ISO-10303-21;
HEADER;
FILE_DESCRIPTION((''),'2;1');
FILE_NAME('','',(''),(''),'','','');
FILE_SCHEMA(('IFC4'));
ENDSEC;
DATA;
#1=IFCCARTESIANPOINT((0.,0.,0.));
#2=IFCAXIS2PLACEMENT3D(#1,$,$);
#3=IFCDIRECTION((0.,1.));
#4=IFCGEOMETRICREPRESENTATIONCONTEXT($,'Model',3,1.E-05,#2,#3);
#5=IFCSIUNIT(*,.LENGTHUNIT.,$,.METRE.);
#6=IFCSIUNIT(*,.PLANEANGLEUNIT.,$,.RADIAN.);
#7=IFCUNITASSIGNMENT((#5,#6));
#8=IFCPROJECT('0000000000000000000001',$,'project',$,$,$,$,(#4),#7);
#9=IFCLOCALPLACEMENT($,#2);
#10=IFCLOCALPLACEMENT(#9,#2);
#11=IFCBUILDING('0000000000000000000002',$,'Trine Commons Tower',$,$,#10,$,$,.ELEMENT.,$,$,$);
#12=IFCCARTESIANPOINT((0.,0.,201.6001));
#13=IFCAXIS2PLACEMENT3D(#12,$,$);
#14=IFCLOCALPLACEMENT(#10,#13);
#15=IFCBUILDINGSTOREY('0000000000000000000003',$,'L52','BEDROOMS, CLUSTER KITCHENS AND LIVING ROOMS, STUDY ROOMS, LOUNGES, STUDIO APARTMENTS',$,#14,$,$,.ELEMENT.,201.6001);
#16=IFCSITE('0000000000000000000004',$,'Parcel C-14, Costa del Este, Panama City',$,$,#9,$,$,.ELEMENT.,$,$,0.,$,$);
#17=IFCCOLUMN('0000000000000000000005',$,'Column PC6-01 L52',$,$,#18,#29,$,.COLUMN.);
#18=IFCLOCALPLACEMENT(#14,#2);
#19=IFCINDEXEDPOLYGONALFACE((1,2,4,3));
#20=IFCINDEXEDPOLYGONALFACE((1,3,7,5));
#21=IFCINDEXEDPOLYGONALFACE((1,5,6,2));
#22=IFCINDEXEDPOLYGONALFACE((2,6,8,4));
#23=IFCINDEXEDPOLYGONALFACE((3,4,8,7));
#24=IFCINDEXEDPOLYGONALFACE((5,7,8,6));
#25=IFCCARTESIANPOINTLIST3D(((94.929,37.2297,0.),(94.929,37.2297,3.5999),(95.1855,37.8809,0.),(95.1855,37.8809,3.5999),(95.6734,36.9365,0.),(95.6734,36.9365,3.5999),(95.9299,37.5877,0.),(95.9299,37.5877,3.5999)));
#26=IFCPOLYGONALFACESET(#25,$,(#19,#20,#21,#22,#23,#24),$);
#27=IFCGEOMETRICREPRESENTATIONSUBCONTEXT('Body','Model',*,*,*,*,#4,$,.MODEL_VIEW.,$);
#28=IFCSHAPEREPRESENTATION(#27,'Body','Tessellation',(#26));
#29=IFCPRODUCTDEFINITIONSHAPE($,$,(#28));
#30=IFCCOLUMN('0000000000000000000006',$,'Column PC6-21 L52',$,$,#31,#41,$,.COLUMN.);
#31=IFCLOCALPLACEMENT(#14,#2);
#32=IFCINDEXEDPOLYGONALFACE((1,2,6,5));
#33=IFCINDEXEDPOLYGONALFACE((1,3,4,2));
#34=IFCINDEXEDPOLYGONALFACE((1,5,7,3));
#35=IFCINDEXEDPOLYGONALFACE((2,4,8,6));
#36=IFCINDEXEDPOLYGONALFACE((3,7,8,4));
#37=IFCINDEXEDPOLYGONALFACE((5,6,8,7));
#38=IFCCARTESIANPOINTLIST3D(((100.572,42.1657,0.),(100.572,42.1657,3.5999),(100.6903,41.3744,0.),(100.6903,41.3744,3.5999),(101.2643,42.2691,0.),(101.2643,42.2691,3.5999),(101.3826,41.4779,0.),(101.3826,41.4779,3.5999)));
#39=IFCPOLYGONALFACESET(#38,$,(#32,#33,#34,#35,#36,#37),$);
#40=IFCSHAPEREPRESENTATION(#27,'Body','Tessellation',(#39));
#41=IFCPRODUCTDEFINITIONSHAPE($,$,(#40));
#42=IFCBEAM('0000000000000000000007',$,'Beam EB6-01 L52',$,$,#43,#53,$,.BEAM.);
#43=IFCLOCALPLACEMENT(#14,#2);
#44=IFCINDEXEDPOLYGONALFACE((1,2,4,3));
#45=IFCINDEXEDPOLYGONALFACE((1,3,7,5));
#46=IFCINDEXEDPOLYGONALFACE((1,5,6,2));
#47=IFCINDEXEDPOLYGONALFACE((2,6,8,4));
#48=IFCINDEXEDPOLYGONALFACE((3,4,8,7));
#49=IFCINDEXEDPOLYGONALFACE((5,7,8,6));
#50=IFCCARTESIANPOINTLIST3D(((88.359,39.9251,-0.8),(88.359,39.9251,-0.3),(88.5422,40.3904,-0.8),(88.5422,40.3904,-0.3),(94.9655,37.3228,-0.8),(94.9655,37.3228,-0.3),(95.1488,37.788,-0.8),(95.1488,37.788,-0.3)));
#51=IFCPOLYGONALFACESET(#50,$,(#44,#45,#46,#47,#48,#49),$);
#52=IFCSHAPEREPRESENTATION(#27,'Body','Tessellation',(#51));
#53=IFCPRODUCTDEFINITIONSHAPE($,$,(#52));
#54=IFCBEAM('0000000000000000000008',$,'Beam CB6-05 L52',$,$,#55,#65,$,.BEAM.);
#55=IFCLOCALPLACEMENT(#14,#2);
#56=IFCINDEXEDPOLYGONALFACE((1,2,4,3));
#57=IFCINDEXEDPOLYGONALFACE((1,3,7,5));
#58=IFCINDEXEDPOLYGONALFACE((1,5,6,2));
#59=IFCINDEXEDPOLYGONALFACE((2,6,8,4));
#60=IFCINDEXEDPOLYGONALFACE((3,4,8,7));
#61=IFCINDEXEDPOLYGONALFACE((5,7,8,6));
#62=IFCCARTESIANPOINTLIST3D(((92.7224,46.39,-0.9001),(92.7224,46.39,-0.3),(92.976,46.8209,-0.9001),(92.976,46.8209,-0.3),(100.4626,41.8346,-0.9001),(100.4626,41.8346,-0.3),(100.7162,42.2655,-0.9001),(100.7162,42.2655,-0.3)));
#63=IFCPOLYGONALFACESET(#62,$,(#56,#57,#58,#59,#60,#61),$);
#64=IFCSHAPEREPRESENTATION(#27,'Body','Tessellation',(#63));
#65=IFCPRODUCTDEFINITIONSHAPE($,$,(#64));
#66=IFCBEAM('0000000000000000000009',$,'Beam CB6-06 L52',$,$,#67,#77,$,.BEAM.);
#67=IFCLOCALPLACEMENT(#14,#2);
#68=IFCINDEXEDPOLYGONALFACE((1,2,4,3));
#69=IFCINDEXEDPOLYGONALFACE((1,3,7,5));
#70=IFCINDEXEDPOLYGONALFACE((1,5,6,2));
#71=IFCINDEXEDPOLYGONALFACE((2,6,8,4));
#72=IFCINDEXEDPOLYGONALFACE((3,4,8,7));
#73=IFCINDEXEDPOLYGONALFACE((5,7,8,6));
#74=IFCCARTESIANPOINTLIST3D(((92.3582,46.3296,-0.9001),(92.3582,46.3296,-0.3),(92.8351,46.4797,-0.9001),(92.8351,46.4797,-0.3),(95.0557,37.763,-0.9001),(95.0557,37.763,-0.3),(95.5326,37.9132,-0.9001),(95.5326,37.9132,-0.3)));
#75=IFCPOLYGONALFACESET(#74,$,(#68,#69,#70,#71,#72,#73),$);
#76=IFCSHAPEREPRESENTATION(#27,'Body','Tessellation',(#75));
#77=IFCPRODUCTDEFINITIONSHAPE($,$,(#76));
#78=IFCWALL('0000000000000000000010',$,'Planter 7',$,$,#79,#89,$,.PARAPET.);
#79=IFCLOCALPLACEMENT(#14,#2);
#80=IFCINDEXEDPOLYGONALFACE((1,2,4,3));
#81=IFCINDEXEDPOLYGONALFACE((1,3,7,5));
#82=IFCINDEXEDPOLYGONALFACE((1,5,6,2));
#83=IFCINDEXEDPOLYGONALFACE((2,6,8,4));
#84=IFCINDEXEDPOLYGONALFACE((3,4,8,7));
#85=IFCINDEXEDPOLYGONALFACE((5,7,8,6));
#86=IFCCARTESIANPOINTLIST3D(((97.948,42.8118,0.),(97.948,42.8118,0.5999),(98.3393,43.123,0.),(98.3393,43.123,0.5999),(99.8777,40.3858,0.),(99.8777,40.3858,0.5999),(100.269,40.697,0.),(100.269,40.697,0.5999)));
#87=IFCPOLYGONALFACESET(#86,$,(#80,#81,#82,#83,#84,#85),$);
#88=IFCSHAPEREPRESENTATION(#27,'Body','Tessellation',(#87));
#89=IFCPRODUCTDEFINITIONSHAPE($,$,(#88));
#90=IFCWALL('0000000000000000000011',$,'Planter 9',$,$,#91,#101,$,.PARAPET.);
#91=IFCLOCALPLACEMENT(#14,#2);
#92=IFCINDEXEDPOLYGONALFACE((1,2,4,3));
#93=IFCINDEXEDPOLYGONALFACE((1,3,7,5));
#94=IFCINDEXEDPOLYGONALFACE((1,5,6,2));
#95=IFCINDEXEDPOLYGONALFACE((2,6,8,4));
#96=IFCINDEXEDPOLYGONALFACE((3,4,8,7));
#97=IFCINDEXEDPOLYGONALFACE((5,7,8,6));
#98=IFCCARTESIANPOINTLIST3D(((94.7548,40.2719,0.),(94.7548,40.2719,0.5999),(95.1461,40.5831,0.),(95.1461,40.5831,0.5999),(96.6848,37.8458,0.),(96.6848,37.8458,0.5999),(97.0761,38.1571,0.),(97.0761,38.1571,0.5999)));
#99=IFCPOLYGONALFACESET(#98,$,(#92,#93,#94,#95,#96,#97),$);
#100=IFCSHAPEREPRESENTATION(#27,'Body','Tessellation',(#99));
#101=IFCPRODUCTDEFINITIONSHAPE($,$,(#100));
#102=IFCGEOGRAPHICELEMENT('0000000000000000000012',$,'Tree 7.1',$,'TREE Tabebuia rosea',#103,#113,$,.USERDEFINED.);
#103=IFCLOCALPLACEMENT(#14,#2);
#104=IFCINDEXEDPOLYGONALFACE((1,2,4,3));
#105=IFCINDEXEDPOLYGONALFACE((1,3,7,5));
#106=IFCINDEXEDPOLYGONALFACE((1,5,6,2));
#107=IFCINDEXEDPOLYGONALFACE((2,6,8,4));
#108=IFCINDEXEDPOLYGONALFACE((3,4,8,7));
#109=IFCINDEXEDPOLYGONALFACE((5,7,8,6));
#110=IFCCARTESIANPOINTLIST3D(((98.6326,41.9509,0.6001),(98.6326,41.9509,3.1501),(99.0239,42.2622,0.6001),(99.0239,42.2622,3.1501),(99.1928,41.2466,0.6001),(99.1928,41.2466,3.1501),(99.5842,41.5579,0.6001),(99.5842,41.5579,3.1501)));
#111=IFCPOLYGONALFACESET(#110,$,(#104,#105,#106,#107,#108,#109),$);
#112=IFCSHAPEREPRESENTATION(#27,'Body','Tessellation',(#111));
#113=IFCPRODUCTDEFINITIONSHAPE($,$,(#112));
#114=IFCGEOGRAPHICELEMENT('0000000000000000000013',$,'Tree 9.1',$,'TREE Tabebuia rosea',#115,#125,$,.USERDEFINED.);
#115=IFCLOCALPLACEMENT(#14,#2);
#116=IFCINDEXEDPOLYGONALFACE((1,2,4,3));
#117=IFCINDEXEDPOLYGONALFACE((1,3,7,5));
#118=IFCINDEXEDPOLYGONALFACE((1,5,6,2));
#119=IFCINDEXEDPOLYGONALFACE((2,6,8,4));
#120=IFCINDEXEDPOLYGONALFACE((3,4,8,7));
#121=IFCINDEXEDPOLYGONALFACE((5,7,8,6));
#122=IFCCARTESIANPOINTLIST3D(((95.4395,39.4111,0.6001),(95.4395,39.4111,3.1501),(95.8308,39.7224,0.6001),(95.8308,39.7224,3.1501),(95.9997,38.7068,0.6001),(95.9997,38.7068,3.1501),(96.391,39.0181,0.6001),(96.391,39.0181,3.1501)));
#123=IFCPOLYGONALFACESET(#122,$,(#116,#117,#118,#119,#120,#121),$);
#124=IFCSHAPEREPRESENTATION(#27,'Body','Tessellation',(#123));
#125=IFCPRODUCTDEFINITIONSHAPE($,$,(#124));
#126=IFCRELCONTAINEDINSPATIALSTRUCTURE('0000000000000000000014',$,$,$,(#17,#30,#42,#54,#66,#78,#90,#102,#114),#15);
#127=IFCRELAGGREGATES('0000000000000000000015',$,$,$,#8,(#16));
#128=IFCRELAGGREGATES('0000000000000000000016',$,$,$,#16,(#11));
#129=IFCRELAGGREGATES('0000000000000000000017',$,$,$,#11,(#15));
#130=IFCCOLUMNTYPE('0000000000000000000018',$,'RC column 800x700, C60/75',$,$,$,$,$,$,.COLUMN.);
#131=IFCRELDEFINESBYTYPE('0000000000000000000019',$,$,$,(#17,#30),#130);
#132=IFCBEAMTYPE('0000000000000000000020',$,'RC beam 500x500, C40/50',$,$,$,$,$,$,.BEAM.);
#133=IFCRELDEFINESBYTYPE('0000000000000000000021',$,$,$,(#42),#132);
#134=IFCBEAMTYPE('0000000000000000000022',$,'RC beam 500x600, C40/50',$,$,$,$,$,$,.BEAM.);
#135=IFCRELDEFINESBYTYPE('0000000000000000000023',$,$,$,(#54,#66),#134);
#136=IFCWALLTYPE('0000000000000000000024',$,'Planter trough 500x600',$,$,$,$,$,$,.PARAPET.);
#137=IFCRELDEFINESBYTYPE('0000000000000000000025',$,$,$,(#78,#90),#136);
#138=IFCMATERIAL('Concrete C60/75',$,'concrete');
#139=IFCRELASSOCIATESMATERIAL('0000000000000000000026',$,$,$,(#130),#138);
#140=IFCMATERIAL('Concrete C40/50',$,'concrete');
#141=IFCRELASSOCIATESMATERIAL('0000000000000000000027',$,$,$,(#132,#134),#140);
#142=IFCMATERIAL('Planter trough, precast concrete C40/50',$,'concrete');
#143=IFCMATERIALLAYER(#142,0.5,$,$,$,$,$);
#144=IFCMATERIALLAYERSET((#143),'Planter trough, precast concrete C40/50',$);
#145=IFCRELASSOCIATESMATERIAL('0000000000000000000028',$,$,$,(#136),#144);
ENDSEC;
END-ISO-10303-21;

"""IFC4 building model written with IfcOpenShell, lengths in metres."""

from ifc_helpers import new_model, si_unit, direction, frame, frame_2d, origin, origin_2d, place, context, subcontext, project, spatial, rectangle, extrude, material, layer, layer_set, material_profile, profile_set, type_object, element, save


model = new_model("IFC4")

# Units and contexts
model_context = context("Model", 3, precision=1e-05, world=origin(), true_north=direction((0.0, 1.0)))
body_context = subcontext(model_context, "Body", "Model", "MODEL_VIEW")
ifc_project = project(units=[si_unit("LENGTHUNIT", "METRE"), si_unit("PLANEANGLEUNIT", "RADIAN")], contexts=[model_context])

# Site, building, storey
site_placement = place(None, origin())
site = spatial("IfcSite", under=ifc_project, at=site_placement, Name="Parcel C-14, Costa del Este, Panama City", CompositionType="ELEMENT", RefElevation=0.0)
building_placement = place(site_placement, origin())
building = spatial("IfcBuilding", under=site, at=building_placement, Name="Trine Commons Tower", CompositionType="ELEMENT")
storey_placement = place(building_placement, frame((0.0, 0.0, 201.6001)))
storey = spatial("IfcBuildingStorey", under=building, at=storey_placement, Name="L52", Description="BEDROOMS, CLUSTER KITCHENS AND LIVING ROOMS, STUDY ROOMS, LOUNGES, STUDIO APARTMENTS", CompositionType="ELEMENT", Elevation=201.6001)

# Columns
ifc_material_1 = material(Name="Concrete C60/75", Category="concrete")
ifc_material_profile_1 = material_profile(ifc_material_1, rectangle(XDim=0.8, YDim=0.7, at=origin_2d()), Name="RC 800x700")
ifc_profile_set_1 = profile_set([ifc_material_profile_1], Name="Concrete C60/75")
column_type = type_object("IfcColumnType", Name="RC column 800x700, C60/75", PredefinedType="COLUMN", material=ifc_profile_set_1)
for number, where, z_axis, x_axis, name in (
    (1, (95.4294, 37.4087, 0.0), (0.0, 0.0, 1.0), (-0.930418, 0.366501, 0.0), "Column PC6-01 L52"),
    (2, (100.9773, 41.8218, 0.0), (0.0, 0.0, 1.0), (-0.147809, 0.989016, 0.0), "Column PC6-21 L52"),
):
    element("IfcColumn", number, at=place(storey_placement, frame(where, z_axis=z_axis, x_axis=x_axis)), inside=storey, type_object=column_type, Name=name, PredefinedType="COLUMN", context=body_context, shape_type="SweptSolid", body=[
        extrude(rectangle(XDim=0.8, YDim=0.7, at=origin_2d()), origin(), (0.0, 0.0, 1.0), 3.5999),
    ])

# Beams
ifc_material_2 = material(Name="Concrete C40/50", Category="concrete")
ifc_material_profile_2 = material_profile(ifc_material_2, rectangle(XDim=0.5, YDim=0.5, at=origin_2d()), Name="RC 500x500")
ifc_profile_set_2 = profile_set([ifc_material_profile_2], Name="Concrete C40/50")
beam_type_1 = type_object("IfcBeamType", Name="RC beam 500x500, C40/50", PredefinedType="BEAM", material=ifc_profile_set_2)
beam_placement = place(storey_placement, frame((95.0571, 37.5554, -0.55), z_axis=(-0.93042, 0.366495, 0.0), x_axis=(-0.366495, -0.93042, 0.0)))
element("IfcBeam", 3, at=beam_placement, inside=storey, type_object=beam_type_1, Name="Beam EB6-01 L52", PredefinedType="BEAM", context=body_context, shape_type="SweptSolid", body=[
    extrude(rectangle(XDim=0.5, YDim=0.5, at=origin_2d()), origin(), (0.0, 0.0, 1.0), 7.1006),
])
ifc_material_profile_3 = material_profile(ifc_material_2, rectangle(XDim=0.5, YDim=0.6001, at=origin_2d()), Name="RC 500x600")
ifc_profile_set_3 = profile_set([ifc_material_profile_3], Name="Concrete C40/50")
beam_type_2 = type_object("IfcBeamType", Name="RC beam 500x600, C40/50", PredefinedType="BEAM", material=ifc_profile_set_3)
for number, where, z_axis, x_axis, name in (
    (4, (100.5894, 42.05, -0.6001), (-0.86182, 0.507214, 0.0), (-0.507214, -0.86182, 0.0), "Beam CB6-05 L52"),
    (5, (95.2942, 37.8381, -0.6001), (-0.300355, 0.953828, 0.0), (-0.953828, -0.300355, 0.0), "Beam CB6-06 L52"),
):
    element("IfcBeam", number, at=place(storey_placement, frame(where, z_axis=z_axis, x_axis=x_axis)), inside=storey, type_object=beam_type_2, Name=name, PredefinedType="BEAM", context=body_context, shape_type="SweptSolid", body=[
        extrude(rectangle(XDim=0.5, YDim=0.6001, at=origin_2d()), origin(), (0.0, 0.0, 1.0), 8.9812),
    ])

# Walls
ifc_material_3 = material(Name="Planter trough, precast concrete C40/50", Category="concrete")
ifc_layer_1 = layer(ifc_material_3, 0.5)
ifc_layer_set_1 = layer_set([ifc_layer_1], Name="Planter trough, precast concrete C40/50")
wall_type_1 = type_object("IfcWallType", Name="Planter trough 500x600", PredefinedType="PARAPET", material=ifc_layer_set_1)
wall_1_placement = place(storey_placement, frame((100.0732, 40.5415, 0.0), z_axis=(0.0, 0.0, 1.0), x_axis=(-0.622503, 0.782618, 0.0)))
element("IfcWall", 6, at=wall_1_placement, inside=storey, type_object=wall_type_1, Name="Planter 7", PredefinedType="PARAPET", context=body_context, shape_type="SweptSolid", body=[
    extrude(rectangle(XDim=3.0999, YDim=0.5, at=frame_2d((1.5498, 0.0))), origin(), (0.0, 0.0, 1.0), 0.5999),
])
wall_2_placement = place(storey_placement, frame((94.9504, 40.4275, 0.0), z_axis=(0.0, 0.0, 1.0), x_axis=(0.622551, -0.782579, 0.0)))
element("IfcWall", 7, at=wall_2_placement, inside=storey, type_object=wall_type_1, Name="Planter 9", PredefinedType="PARAPET", context=body_context, shape_type="SweptSolid", body=[
    extrude(rectangle(XDim=3.1001, YDim=0.5, at=frame_2d((1.55, 0.0))), origin(), (0.0, 0.0, 1.0), 0.5999),
])

# Geographic elements
for number, where, z_axis, x_axis, name in (
    (8, (99.1084, 41.7544, 0.6001), (0.0, 0.0, 1.0), (-0.622516, 0.782607, 0.0), "Tree 7.1"),
    (9, (95.9153, 39.2146, 0.6001), (0.0, 0.0, 1.0), (0.622516, -0.782607, 0.0), "Tree 9.1"),
):
    element("IfcGeographicElement", number, at=place(storey_placement, frame(where, z_axis=z_axis, x_axis=x_axis)), inside=storey, Name=name, ObjectType="TREE Tabebuia rosea", PredefinedType="USERDEFINED", context=body_context, shape_type="SweptSolid", body=[
        extrude(rectangle(XDim=0.8999, YDim=0.5, at=origin_2d()), origin(), (0.0, 0.0, 1.0), 2.55),
    ])

save(model, "model.ifc")
